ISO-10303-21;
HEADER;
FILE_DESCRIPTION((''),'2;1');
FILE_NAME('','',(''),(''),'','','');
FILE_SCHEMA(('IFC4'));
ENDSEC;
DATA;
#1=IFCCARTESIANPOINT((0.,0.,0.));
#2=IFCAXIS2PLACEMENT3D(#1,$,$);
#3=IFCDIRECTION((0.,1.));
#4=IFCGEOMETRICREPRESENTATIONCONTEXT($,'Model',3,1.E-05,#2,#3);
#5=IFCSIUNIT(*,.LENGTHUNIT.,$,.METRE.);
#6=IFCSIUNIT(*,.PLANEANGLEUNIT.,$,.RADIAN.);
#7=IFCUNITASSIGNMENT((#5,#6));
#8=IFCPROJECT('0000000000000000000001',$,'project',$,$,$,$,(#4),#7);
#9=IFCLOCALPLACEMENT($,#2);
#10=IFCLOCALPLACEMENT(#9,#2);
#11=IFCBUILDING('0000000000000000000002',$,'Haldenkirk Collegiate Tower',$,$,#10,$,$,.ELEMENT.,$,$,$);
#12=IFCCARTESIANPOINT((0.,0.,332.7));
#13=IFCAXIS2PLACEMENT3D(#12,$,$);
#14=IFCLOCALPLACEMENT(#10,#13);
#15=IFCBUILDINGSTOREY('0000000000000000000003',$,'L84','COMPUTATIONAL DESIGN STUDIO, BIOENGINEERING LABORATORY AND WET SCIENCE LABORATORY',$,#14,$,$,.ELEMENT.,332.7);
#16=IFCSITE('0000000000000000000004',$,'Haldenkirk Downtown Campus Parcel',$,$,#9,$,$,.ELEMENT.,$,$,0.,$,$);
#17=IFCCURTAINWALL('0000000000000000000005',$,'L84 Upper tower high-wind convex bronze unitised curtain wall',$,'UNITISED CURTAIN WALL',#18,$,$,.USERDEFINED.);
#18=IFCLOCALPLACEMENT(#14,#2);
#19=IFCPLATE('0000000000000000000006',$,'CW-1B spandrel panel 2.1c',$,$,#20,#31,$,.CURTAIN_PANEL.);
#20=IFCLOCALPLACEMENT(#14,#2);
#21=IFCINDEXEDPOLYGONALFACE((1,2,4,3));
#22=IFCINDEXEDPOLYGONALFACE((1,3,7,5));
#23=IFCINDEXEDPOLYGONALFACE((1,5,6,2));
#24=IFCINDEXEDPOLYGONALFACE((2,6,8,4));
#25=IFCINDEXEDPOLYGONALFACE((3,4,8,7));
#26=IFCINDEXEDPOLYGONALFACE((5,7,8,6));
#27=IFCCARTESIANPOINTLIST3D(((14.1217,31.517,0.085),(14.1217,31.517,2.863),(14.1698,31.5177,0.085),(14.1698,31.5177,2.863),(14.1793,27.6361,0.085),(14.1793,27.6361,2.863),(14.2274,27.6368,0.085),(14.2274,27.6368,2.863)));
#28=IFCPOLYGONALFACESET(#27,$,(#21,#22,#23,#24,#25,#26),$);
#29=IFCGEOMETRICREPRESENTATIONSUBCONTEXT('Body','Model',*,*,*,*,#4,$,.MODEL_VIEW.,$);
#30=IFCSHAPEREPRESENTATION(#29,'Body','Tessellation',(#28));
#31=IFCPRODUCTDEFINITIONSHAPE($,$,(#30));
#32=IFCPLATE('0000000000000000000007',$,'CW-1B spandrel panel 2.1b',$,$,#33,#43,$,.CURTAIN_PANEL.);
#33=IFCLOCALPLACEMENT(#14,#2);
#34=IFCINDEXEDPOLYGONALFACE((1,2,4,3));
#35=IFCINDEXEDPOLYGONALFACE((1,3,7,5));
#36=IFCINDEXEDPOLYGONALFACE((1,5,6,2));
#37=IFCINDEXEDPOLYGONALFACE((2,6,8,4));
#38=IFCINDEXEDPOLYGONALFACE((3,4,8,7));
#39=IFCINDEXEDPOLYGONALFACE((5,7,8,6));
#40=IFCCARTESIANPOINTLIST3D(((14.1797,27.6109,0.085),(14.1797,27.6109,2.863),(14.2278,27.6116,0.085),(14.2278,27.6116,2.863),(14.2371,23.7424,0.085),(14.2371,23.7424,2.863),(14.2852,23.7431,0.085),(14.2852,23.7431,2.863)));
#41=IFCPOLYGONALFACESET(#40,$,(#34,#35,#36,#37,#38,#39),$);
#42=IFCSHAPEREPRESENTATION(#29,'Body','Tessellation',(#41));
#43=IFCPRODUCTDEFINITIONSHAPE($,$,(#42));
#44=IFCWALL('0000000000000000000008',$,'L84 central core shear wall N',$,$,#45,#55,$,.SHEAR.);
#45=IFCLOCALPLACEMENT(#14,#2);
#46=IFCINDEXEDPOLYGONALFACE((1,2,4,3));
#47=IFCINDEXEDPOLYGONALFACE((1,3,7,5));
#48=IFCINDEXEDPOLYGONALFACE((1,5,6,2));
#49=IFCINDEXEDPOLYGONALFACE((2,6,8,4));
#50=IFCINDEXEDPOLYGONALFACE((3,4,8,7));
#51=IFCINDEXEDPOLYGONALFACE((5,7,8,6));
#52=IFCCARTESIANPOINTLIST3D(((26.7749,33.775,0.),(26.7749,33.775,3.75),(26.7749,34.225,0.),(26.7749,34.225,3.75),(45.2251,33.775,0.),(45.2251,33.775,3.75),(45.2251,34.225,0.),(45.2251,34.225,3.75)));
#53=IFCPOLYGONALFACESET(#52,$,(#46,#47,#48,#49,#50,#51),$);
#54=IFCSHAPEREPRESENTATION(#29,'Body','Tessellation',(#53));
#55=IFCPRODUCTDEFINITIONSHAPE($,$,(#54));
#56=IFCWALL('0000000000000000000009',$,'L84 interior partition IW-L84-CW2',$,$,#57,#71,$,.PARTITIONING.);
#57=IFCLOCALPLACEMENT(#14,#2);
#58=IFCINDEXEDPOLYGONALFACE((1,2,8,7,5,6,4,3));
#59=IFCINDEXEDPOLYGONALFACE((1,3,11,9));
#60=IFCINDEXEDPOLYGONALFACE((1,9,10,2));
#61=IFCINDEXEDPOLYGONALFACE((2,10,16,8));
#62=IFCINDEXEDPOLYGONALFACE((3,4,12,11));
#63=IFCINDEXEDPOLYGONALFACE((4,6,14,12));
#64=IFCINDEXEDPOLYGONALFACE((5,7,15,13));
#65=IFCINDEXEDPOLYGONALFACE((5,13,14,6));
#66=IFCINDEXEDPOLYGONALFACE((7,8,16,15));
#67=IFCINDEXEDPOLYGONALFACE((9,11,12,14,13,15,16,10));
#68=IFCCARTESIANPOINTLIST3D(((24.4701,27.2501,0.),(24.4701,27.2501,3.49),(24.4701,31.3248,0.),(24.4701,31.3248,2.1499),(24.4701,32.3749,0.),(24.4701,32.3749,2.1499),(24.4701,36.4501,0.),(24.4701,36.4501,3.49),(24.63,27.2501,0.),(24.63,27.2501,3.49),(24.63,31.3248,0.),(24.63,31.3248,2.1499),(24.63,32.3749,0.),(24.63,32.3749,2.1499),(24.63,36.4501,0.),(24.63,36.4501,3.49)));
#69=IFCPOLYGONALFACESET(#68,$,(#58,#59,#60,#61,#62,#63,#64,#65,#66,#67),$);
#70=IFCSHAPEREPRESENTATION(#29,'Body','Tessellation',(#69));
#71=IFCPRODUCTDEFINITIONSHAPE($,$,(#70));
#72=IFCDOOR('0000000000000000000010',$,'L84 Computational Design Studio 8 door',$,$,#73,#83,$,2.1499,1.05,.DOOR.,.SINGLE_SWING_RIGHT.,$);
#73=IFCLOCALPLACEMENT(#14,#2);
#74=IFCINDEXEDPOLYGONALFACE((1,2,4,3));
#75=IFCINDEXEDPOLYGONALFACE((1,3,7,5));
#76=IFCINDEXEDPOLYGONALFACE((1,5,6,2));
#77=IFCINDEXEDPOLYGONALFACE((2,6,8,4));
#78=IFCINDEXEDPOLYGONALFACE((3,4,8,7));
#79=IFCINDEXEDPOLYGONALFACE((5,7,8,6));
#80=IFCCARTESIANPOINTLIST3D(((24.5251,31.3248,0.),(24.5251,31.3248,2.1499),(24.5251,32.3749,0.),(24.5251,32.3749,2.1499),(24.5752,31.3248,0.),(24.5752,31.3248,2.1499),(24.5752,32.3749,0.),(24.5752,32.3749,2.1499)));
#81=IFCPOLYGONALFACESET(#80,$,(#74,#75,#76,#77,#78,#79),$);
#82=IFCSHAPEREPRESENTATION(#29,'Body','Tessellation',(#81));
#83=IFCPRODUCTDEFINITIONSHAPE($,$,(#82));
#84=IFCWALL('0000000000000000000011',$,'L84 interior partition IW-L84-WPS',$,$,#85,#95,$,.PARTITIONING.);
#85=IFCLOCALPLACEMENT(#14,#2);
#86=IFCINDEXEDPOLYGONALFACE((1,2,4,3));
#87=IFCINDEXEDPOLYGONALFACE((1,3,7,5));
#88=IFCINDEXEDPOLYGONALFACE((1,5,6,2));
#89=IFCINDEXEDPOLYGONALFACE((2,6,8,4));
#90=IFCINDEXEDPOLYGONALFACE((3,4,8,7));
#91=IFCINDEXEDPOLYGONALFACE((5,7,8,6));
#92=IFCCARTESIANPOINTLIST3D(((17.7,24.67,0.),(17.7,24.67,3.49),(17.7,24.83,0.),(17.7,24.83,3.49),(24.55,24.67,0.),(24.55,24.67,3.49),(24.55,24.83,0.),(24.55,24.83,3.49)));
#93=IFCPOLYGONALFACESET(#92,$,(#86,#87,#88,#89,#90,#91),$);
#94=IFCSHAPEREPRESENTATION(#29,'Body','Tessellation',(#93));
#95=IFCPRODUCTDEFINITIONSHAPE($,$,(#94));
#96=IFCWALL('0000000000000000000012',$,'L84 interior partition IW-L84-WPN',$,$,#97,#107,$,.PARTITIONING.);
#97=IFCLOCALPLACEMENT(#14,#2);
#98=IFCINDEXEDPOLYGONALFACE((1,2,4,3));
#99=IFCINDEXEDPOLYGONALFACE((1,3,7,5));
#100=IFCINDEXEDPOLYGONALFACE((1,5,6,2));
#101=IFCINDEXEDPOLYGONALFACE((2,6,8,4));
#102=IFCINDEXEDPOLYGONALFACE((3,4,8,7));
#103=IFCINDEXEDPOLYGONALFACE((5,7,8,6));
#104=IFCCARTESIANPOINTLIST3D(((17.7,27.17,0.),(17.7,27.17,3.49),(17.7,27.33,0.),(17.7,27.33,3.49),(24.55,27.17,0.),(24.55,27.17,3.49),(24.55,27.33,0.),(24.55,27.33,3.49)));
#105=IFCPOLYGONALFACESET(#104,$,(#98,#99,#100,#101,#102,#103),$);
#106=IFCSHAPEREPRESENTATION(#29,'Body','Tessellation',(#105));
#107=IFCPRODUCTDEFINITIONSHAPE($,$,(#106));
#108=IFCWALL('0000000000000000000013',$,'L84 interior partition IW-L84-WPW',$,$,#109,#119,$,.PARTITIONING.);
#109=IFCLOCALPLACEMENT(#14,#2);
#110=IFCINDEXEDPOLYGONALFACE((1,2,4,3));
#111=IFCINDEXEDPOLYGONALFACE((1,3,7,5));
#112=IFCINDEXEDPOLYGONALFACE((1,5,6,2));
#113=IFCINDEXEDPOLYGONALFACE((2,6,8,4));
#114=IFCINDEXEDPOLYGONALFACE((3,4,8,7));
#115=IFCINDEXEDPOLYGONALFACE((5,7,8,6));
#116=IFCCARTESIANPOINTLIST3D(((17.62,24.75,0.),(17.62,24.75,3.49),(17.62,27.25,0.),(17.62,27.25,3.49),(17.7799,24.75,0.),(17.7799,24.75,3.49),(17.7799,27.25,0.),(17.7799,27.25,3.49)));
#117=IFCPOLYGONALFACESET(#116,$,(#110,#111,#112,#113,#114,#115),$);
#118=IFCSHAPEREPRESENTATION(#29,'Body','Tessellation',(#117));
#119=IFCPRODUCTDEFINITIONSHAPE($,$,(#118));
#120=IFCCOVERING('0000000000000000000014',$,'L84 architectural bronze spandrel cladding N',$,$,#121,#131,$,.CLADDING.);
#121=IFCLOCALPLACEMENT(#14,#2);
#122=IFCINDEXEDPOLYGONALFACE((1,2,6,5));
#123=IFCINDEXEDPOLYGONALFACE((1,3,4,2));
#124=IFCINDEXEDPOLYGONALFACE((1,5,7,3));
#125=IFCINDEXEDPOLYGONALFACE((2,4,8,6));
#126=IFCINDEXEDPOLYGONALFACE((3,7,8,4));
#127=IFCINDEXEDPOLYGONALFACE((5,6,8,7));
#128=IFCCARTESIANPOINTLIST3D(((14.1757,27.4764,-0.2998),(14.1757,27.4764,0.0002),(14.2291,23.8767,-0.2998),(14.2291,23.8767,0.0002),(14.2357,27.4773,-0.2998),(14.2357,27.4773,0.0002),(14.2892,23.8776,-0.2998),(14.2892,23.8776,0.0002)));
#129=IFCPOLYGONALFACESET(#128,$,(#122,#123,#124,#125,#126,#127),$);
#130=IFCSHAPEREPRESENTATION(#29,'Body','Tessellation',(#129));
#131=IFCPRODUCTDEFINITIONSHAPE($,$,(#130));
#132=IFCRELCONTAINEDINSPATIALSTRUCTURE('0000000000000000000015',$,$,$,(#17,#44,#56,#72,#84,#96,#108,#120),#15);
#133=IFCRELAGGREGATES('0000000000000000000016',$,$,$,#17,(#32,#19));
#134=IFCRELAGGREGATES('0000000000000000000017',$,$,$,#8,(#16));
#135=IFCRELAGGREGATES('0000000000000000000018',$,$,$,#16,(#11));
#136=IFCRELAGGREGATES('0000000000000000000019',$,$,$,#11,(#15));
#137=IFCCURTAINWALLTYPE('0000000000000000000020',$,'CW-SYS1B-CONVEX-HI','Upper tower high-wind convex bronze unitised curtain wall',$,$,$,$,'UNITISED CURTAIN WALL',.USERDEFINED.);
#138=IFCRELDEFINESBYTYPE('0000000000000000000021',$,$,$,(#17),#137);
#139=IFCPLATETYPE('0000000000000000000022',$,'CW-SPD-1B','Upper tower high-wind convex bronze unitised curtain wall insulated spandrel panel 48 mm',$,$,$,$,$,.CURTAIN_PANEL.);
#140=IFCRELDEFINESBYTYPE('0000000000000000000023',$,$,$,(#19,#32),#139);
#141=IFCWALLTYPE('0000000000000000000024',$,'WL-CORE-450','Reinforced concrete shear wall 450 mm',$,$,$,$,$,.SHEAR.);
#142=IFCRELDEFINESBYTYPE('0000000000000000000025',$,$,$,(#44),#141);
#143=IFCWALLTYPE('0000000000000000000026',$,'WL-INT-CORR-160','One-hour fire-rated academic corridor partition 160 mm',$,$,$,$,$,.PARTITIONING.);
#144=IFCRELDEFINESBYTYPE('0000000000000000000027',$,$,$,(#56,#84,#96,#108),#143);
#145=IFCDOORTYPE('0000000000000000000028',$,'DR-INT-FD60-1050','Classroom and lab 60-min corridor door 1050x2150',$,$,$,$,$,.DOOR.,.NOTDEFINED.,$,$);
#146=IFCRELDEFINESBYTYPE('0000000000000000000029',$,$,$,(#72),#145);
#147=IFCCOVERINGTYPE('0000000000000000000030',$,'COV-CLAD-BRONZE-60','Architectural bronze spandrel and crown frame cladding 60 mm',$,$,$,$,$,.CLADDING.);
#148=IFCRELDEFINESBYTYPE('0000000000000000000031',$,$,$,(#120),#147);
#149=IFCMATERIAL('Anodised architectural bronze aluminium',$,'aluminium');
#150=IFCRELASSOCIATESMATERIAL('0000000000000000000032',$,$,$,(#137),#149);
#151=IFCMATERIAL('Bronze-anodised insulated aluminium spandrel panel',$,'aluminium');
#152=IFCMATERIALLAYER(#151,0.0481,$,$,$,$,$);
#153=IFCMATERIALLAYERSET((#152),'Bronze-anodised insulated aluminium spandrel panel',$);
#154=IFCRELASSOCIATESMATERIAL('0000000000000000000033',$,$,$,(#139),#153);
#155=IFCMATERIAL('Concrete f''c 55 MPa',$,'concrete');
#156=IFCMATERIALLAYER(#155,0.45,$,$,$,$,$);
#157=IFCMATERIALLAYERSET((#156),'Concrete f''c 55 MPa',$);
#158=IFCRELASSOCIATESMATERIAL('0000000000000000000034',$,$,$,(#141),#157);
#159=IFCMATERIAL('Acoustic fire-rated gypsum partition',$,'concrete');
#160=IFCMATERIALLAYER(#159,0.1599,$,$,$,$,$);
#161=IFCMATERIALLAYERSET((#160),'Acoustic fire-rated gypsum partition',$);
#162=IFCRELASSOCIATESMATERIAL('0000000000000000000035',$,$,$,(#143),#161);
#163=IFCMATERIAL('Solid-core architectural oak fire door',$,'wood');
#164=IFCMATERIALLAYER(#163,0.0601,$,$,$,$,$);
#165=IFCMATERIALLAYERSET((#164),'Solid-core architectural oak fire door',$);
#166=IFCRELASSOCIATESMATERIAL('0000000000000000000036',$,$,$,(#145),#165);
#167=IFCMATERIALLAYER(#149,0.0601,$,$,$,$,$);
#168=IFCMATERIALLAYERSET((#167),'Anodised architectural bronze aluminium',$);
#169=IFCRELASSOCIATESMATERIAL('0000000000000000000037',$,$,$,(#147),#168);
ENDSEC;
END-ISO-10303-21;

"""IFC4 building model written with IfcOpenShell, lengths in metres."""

from ifc_helpers import new_model, si_unit, direction, frame, frame_2d, origin, origin_2d, place, context, subcontext, project, spatial, rectangle, extrude, source, transform, mapped, material, layer, layer_set, type_object, element, fill, aggregate, save


model = new_model("IFC4")

# Units and contexts
model_context = context("Model", 3, precision=1e-05, world=origin(), true_north=direction((0.0, 1.0)))
body_context = subcontext(model_context, "Body", "Model", "MODEL_VIEW")
ifc_project = project(units=[si_unit("LENGTHUNIT", "METRE"), si_unit("PLANEANGLEUNIT", "RADIAN")], contexts=[model_context])

# Site, building, storey
site_placement = place(None, origin())
site = spatial("IfcSite", under=ifc_project, at=site_placement, Name="Haldenkirk Downtown Campus Parcel", CompositionType="ELEMENT", RefElevation=0.0)
building_placement = place(site_placement, origin())
building = spatial("IfcBuilding", under=site, at=building_placement, Name="Haldenkirk Collegiate Tower", CompositionType="ELEMENT")
storey_placement = place(building_placement, frame((0.0, 0.0, 332.7)))
storey = spatial("IfcBuildingStorey", under=building, at=storey_placement, Name="L84", Description="COMPUTATIONAL DESIGN STUDIO, BIOENGINEERING LABORATORY AND WET SCIENCE LABORATORY", CompositionType="ELEMENT", Elevation=332.7)

# Curtain wall
ifc_material_1 = material(Name="Anodised architectural bronze aluminium", Category="aluminium")
curtain_wall_type = type_object("IfcCurtainWallType", Name="CW-SYS1B-CONVEX-HI", Description="Upper tower high-wind convex bronze unitised curtain wall", ElementType="UNITISED CURTAIN WALL", PredefinedType="USERDEFINED", material=ifc_material_1)
curtain_wall_placement = place(storey_placement, origin())
curtain_wall = element("IfcCurtainWall", 1, at=curtain_wall_placement, inside=storey, type_object=curtain_wall_type, Name="L84 Upper tower high-wind convex bronze unitised curtain wall", ObjectType="UNITISED CURTAIN WALL", PredefinedType="USERDEFINED")

# Plates
ifc_material_2 = material(Name="Bronze-anodised insulated aluminium spandrel panel", Category="aluminium")
ifc_layer_1 = layer(ifc_material_2, 0.0481)
ifc_layer_set_1 = layer_set([ifc_layer_1], Name="Bronze-anodised insulated aluminium spandrel panel")
plate_type = type_object("IfcPlateType", Name="CW-SPD-1B", Description="Upper tower high-wind convex bronze unitised curtain wall insulated spandrel panel 48 mm", PredefinedType="CURTAIN_PANEL", material=ifc_layer_set_1)
shared_shape_1 = source(origin(), body_context, "Body", "SweptSolid", [
    extrude(rectangle(XDim=3.8813, YDim=0.0481, at=origin_2d()), origin(), (0.0, 0.0, 1.0), 2.7781),
])
plate_1_placement = place(storey_placement, frame((14.1746, 29.5769, 0.085), z_axis=(0.0, 0.0, 1.0), x_axis=(-0.014833, 0.99989, 0.0)))
plate_1 = element("IfcPlate", 2, at=plate_1_placement, type_object=plate_type, Name="CW-1B spandrel panel 2.1c", PredefinedType="CURTAIN_PANEL", context=body_context, shape_type="MappedRepresentation", body=[
    mapped(shared_shape_1, transform((0.0, 0.0, 0.0), x_axis=(1.0, 0.0, 0.0), y_axis=(0.0, 1.0, 0.0), z_axis=(0.0, 0.0, 1.0), scale=1.0)),
])
shared_shape_2 = source(origin(), body_context, "Body", "SweptSolid", [
    extrude(rectangle(XDim=3.8689, YDim=0.0481, at=origin_2d()), origin(), (0.0, 0.0, 1.0), 2.7781),
])
plate_2_placement = place(storey_placement, frame((14.2324, 25.677, 0.085), z_axis=(0.0, 0.0, 1.0), x_axis=(-0.014833, 0.99989, 0.0)))
plate_2 = element("IfcPlate", 3, at=plate_2_placement, type_object=plate_type, Name="CW-1B spandrel panel 2.1b", PredefinedType="CURTAIN_PANEL", context=body_context, shape_type="MappedRepresentation", body=[
    mapped(shared_shape_2, transform((0.0, 0.0, 0.0), x_axis=(1.0, 0.0, 0.0), y_axis=(0.0, 1.0, 0.0), z_axis=(0.0, 0.0, 1.0), scale=1.0)),
])
aggregate(curtain_wall, [plate_2, plate_1])

# Wall
ifc_material_3 = material(Name="Concrete f'c 55 MPa", Category="concrete")
ifc_layer_2 = layer(ifc_material_3, 0.45)
ifc_layer_set_2 = layer_set([ifc_layer_2], Name="Concrete f'c 55 MPa")
wall_type_1 = type_object("IfcWallType", Name="WL-CORE-450", Description="Reinforced concrete shear wall 450 mm", PredefinedType="SHEAR", material=ifc_layer_set_2)
wall_1_placement = place(storey_placement, frame((26.7749, 34.0, 0.0), z_axis=(0.0, 0.0, 1.0), x_axis=(1.0, 0.0, 0.0)))
element("IfcWall", 4, at=wall_1_placement, inside=storey, type_object=wall_type_1, Name="L84 central core shear wall N", PredefinedType="SHEAR", context=body_context, shape_type="SweptSolid", body=[
    extrude(rectangle(XDim=18.4502, YDim=0.45, at=frame_2d((9.2251, 0.0))), origin(), (0.0, 0.0, 1.0), 3.75),
])

# Wall, opening, door
ifc_material_4 = material(Name="Acoustic fire-rated gypsum partition", Category="concrete")
ifc_layer_3 = layer(ifc_material_4, 0.1599)
ifc_layer_set_3 = layer_set([ifc_layer_3], Name="Acoustic fire-rated gypsum partition")
wall_type_2 = type_object("IfcWallType", Name="WL-INT-CORR-160", Description="One-hour fire-rated academic corridor partition 160 mm", PredefinedType="PARTITIONING", material=ifc_layer_set_3)
wall_2_placement = place(storey_placement, frame((24.55, 27.25, 0.0), z_axis=(0.0, 0.0, 1.0), x_axis=(0.0, 1.0, 0.0)))
wall_2 = element("IfcWall", 5, at=wall_2_placement, inside=storey, type_object=wall_type_2, Name="L84 interior partition IW-L84-CW2", PredefinedType="PARTITIONING", context=body_context, shape_type="SweptSolid", body=[
    extrude(rectangle(XDim=9.2, YDim=0.1599, at=frame_2d((4.6001, 0.0))), origin(), (0.0, 0.0, 1.0), 3.49),
])
opening_placement = place(wall_2_placement, frame((4.075, 0.0, 0.0)))
opening = element("IfcOpeningElement", 6, at=opening_placement, cuts=wall_2, PredefinedType="OPENING", context=body_context, shape_type="SweptSolid", body=[
    extrude(rectangle(XDim=1.05, YDim=2.1499, at=frame_2d((0.5249, 1.075))), frame((0.0, 0.0898, 0.0), z_axis=(0.0, -1.0, 0.0), x_axis=(1.0, 0.0, 0.0)), (0.0, 0.0, 1.0), 0.1799),
])
ifc_material_5 = material(Name="Solid-core architectural oak fire door", Category="wood")
ifc_layer_4 = layer(ifc_material_5, 0.0601)
ifc_layer_set_4 = layer_set([ifc_layer_4], Name="Solid-core architectural oak fire door")
door_type = type_object("IfcDoorType", Name="DR-INT-FD60-1050", Description="Classroom and lab 60-min corridor door 1050x2150", OperationType="NOTDEFINED", PredefinedType="DOOR", material=ifc_layer_set_4)
door_placement = place(opening_placement, origin())
door = element("IfcDoor", 7, at=door_placement, inside=storey, type_object=door_type, Name="L84 Computational Design Studio 8 door", OperationType="SINGLE_SWING_RIGHT", OverallHeight=2.1499, OverallWidth=1.05, PredefinedType="DOOR", context=body_context, shape_type="SweptSolid", body=[
    extrude(rectangle(XDim=1.05, YDim=2.1499, at=frame_2d((0.5249, 1.075))), frame((0.0, 0.0249, 0.0), z_axis=(0.0, -1.0, 0.0), x_axis=(1.0, 0.0, 0.0)), (0.0, 0.0, 1.0), 0.05),
])
fill(opening, door)

# Walls
for number, where, z_axis, x_axis, name in (
    (8, (17.7, 24.75, 0.0), (0.0, 0.0, 1.0), (1.0, 0.0, 0.0), "L84 interior partition IW-L84-WPS"),
    (9, (17.7, 27.25, 0.0), (0.0, 0.0, 1.0), (1.0, 0.0, 0.0), "L84 interior partition IW-L84-WPN"),
):
    element("IfcWall", number, at=place(storey_placement, frame(where, z_axis=z_axis, x_axis=x_axis)), inside=storey, type_object=wall_type_2, Name=name, PredefinedType="PARTITIONING", context=body_context, shape_type="SweptSolid", body=[
        extrude(rectangle(XDim=6.8501, YDim=0.1599, at=frame_2d((3.425, 0.0))), origin(), (0.0, 0.0, 1.0), 3.49),
    ])
wall_3_placement = place(storey_placement, frame((17.7, 24.75, 0.0), z_axis=(0.0, 0.0, 1.0), x_axis=(0.0, 1.0, 0.0)))
element("IfcWall", 10, at=wall_3_placement, inside=storey, type_object=wall_type_2, Name="L84 interior partition IW-L84-WPW", PredefinedType="PARTITIONING", context=body_context, shape_type="SweptSolid", body=[
    extrude(rectangle(XDim=2.5, YDim=0.1599, at=frame_2d((1.25, 0.0))), origin(), (0.0, 0.0, 1.0), 3.49),
])

# Covering
ifc_layer_5 = layer(ifc_material_1, 0.0601)
ifc_layer_set_5 = layer_set([ifc_layer_5], Name="Anodised architectural bronze aluminium")
covering_type = type_object("IfcCoveringType", Name="COV-CLAD-BRONZE-60", Description="Architectural bronze spandrel and crown frame cladding 60 mm", PredefinedType="CLADDING", material=ifc_layer_set_5)
shared_shape_3 = source(origin(), body_context, "Body", "SweptSolid", [
    extrude(rectangle(XDim=3.6001, YDim=0.0601, at=origin_2d()), origin(), (0.0, 0.0, 1.0), 0.3),
])
covering_placement = place(storey_placement, frame((14.2324, 25.677, -0.2998), z_axis=(0.0, 0.0, 1.0), x_axis=(-0.014835, 0.99989, 0.0)))
element("IfcCovering", 11, at=covering_placement, inside=storey, type_object=covering_type, Name="L84 architectural bronze spandrel cladding N", PredefinedType="CLADDING", context=body_context, shape_type="MappedRepresentation", body=[
    mapped(shared_shape_3, transform((0.0, 0.0, 0.0), x_axis=(1.0, 0.0, 0.0), y_axis=(0.0, 1.0, 0.0), z_axis=(0.0, 0.0, 1.0), scale=1.0)),
])

save(model, "model.ifc")
